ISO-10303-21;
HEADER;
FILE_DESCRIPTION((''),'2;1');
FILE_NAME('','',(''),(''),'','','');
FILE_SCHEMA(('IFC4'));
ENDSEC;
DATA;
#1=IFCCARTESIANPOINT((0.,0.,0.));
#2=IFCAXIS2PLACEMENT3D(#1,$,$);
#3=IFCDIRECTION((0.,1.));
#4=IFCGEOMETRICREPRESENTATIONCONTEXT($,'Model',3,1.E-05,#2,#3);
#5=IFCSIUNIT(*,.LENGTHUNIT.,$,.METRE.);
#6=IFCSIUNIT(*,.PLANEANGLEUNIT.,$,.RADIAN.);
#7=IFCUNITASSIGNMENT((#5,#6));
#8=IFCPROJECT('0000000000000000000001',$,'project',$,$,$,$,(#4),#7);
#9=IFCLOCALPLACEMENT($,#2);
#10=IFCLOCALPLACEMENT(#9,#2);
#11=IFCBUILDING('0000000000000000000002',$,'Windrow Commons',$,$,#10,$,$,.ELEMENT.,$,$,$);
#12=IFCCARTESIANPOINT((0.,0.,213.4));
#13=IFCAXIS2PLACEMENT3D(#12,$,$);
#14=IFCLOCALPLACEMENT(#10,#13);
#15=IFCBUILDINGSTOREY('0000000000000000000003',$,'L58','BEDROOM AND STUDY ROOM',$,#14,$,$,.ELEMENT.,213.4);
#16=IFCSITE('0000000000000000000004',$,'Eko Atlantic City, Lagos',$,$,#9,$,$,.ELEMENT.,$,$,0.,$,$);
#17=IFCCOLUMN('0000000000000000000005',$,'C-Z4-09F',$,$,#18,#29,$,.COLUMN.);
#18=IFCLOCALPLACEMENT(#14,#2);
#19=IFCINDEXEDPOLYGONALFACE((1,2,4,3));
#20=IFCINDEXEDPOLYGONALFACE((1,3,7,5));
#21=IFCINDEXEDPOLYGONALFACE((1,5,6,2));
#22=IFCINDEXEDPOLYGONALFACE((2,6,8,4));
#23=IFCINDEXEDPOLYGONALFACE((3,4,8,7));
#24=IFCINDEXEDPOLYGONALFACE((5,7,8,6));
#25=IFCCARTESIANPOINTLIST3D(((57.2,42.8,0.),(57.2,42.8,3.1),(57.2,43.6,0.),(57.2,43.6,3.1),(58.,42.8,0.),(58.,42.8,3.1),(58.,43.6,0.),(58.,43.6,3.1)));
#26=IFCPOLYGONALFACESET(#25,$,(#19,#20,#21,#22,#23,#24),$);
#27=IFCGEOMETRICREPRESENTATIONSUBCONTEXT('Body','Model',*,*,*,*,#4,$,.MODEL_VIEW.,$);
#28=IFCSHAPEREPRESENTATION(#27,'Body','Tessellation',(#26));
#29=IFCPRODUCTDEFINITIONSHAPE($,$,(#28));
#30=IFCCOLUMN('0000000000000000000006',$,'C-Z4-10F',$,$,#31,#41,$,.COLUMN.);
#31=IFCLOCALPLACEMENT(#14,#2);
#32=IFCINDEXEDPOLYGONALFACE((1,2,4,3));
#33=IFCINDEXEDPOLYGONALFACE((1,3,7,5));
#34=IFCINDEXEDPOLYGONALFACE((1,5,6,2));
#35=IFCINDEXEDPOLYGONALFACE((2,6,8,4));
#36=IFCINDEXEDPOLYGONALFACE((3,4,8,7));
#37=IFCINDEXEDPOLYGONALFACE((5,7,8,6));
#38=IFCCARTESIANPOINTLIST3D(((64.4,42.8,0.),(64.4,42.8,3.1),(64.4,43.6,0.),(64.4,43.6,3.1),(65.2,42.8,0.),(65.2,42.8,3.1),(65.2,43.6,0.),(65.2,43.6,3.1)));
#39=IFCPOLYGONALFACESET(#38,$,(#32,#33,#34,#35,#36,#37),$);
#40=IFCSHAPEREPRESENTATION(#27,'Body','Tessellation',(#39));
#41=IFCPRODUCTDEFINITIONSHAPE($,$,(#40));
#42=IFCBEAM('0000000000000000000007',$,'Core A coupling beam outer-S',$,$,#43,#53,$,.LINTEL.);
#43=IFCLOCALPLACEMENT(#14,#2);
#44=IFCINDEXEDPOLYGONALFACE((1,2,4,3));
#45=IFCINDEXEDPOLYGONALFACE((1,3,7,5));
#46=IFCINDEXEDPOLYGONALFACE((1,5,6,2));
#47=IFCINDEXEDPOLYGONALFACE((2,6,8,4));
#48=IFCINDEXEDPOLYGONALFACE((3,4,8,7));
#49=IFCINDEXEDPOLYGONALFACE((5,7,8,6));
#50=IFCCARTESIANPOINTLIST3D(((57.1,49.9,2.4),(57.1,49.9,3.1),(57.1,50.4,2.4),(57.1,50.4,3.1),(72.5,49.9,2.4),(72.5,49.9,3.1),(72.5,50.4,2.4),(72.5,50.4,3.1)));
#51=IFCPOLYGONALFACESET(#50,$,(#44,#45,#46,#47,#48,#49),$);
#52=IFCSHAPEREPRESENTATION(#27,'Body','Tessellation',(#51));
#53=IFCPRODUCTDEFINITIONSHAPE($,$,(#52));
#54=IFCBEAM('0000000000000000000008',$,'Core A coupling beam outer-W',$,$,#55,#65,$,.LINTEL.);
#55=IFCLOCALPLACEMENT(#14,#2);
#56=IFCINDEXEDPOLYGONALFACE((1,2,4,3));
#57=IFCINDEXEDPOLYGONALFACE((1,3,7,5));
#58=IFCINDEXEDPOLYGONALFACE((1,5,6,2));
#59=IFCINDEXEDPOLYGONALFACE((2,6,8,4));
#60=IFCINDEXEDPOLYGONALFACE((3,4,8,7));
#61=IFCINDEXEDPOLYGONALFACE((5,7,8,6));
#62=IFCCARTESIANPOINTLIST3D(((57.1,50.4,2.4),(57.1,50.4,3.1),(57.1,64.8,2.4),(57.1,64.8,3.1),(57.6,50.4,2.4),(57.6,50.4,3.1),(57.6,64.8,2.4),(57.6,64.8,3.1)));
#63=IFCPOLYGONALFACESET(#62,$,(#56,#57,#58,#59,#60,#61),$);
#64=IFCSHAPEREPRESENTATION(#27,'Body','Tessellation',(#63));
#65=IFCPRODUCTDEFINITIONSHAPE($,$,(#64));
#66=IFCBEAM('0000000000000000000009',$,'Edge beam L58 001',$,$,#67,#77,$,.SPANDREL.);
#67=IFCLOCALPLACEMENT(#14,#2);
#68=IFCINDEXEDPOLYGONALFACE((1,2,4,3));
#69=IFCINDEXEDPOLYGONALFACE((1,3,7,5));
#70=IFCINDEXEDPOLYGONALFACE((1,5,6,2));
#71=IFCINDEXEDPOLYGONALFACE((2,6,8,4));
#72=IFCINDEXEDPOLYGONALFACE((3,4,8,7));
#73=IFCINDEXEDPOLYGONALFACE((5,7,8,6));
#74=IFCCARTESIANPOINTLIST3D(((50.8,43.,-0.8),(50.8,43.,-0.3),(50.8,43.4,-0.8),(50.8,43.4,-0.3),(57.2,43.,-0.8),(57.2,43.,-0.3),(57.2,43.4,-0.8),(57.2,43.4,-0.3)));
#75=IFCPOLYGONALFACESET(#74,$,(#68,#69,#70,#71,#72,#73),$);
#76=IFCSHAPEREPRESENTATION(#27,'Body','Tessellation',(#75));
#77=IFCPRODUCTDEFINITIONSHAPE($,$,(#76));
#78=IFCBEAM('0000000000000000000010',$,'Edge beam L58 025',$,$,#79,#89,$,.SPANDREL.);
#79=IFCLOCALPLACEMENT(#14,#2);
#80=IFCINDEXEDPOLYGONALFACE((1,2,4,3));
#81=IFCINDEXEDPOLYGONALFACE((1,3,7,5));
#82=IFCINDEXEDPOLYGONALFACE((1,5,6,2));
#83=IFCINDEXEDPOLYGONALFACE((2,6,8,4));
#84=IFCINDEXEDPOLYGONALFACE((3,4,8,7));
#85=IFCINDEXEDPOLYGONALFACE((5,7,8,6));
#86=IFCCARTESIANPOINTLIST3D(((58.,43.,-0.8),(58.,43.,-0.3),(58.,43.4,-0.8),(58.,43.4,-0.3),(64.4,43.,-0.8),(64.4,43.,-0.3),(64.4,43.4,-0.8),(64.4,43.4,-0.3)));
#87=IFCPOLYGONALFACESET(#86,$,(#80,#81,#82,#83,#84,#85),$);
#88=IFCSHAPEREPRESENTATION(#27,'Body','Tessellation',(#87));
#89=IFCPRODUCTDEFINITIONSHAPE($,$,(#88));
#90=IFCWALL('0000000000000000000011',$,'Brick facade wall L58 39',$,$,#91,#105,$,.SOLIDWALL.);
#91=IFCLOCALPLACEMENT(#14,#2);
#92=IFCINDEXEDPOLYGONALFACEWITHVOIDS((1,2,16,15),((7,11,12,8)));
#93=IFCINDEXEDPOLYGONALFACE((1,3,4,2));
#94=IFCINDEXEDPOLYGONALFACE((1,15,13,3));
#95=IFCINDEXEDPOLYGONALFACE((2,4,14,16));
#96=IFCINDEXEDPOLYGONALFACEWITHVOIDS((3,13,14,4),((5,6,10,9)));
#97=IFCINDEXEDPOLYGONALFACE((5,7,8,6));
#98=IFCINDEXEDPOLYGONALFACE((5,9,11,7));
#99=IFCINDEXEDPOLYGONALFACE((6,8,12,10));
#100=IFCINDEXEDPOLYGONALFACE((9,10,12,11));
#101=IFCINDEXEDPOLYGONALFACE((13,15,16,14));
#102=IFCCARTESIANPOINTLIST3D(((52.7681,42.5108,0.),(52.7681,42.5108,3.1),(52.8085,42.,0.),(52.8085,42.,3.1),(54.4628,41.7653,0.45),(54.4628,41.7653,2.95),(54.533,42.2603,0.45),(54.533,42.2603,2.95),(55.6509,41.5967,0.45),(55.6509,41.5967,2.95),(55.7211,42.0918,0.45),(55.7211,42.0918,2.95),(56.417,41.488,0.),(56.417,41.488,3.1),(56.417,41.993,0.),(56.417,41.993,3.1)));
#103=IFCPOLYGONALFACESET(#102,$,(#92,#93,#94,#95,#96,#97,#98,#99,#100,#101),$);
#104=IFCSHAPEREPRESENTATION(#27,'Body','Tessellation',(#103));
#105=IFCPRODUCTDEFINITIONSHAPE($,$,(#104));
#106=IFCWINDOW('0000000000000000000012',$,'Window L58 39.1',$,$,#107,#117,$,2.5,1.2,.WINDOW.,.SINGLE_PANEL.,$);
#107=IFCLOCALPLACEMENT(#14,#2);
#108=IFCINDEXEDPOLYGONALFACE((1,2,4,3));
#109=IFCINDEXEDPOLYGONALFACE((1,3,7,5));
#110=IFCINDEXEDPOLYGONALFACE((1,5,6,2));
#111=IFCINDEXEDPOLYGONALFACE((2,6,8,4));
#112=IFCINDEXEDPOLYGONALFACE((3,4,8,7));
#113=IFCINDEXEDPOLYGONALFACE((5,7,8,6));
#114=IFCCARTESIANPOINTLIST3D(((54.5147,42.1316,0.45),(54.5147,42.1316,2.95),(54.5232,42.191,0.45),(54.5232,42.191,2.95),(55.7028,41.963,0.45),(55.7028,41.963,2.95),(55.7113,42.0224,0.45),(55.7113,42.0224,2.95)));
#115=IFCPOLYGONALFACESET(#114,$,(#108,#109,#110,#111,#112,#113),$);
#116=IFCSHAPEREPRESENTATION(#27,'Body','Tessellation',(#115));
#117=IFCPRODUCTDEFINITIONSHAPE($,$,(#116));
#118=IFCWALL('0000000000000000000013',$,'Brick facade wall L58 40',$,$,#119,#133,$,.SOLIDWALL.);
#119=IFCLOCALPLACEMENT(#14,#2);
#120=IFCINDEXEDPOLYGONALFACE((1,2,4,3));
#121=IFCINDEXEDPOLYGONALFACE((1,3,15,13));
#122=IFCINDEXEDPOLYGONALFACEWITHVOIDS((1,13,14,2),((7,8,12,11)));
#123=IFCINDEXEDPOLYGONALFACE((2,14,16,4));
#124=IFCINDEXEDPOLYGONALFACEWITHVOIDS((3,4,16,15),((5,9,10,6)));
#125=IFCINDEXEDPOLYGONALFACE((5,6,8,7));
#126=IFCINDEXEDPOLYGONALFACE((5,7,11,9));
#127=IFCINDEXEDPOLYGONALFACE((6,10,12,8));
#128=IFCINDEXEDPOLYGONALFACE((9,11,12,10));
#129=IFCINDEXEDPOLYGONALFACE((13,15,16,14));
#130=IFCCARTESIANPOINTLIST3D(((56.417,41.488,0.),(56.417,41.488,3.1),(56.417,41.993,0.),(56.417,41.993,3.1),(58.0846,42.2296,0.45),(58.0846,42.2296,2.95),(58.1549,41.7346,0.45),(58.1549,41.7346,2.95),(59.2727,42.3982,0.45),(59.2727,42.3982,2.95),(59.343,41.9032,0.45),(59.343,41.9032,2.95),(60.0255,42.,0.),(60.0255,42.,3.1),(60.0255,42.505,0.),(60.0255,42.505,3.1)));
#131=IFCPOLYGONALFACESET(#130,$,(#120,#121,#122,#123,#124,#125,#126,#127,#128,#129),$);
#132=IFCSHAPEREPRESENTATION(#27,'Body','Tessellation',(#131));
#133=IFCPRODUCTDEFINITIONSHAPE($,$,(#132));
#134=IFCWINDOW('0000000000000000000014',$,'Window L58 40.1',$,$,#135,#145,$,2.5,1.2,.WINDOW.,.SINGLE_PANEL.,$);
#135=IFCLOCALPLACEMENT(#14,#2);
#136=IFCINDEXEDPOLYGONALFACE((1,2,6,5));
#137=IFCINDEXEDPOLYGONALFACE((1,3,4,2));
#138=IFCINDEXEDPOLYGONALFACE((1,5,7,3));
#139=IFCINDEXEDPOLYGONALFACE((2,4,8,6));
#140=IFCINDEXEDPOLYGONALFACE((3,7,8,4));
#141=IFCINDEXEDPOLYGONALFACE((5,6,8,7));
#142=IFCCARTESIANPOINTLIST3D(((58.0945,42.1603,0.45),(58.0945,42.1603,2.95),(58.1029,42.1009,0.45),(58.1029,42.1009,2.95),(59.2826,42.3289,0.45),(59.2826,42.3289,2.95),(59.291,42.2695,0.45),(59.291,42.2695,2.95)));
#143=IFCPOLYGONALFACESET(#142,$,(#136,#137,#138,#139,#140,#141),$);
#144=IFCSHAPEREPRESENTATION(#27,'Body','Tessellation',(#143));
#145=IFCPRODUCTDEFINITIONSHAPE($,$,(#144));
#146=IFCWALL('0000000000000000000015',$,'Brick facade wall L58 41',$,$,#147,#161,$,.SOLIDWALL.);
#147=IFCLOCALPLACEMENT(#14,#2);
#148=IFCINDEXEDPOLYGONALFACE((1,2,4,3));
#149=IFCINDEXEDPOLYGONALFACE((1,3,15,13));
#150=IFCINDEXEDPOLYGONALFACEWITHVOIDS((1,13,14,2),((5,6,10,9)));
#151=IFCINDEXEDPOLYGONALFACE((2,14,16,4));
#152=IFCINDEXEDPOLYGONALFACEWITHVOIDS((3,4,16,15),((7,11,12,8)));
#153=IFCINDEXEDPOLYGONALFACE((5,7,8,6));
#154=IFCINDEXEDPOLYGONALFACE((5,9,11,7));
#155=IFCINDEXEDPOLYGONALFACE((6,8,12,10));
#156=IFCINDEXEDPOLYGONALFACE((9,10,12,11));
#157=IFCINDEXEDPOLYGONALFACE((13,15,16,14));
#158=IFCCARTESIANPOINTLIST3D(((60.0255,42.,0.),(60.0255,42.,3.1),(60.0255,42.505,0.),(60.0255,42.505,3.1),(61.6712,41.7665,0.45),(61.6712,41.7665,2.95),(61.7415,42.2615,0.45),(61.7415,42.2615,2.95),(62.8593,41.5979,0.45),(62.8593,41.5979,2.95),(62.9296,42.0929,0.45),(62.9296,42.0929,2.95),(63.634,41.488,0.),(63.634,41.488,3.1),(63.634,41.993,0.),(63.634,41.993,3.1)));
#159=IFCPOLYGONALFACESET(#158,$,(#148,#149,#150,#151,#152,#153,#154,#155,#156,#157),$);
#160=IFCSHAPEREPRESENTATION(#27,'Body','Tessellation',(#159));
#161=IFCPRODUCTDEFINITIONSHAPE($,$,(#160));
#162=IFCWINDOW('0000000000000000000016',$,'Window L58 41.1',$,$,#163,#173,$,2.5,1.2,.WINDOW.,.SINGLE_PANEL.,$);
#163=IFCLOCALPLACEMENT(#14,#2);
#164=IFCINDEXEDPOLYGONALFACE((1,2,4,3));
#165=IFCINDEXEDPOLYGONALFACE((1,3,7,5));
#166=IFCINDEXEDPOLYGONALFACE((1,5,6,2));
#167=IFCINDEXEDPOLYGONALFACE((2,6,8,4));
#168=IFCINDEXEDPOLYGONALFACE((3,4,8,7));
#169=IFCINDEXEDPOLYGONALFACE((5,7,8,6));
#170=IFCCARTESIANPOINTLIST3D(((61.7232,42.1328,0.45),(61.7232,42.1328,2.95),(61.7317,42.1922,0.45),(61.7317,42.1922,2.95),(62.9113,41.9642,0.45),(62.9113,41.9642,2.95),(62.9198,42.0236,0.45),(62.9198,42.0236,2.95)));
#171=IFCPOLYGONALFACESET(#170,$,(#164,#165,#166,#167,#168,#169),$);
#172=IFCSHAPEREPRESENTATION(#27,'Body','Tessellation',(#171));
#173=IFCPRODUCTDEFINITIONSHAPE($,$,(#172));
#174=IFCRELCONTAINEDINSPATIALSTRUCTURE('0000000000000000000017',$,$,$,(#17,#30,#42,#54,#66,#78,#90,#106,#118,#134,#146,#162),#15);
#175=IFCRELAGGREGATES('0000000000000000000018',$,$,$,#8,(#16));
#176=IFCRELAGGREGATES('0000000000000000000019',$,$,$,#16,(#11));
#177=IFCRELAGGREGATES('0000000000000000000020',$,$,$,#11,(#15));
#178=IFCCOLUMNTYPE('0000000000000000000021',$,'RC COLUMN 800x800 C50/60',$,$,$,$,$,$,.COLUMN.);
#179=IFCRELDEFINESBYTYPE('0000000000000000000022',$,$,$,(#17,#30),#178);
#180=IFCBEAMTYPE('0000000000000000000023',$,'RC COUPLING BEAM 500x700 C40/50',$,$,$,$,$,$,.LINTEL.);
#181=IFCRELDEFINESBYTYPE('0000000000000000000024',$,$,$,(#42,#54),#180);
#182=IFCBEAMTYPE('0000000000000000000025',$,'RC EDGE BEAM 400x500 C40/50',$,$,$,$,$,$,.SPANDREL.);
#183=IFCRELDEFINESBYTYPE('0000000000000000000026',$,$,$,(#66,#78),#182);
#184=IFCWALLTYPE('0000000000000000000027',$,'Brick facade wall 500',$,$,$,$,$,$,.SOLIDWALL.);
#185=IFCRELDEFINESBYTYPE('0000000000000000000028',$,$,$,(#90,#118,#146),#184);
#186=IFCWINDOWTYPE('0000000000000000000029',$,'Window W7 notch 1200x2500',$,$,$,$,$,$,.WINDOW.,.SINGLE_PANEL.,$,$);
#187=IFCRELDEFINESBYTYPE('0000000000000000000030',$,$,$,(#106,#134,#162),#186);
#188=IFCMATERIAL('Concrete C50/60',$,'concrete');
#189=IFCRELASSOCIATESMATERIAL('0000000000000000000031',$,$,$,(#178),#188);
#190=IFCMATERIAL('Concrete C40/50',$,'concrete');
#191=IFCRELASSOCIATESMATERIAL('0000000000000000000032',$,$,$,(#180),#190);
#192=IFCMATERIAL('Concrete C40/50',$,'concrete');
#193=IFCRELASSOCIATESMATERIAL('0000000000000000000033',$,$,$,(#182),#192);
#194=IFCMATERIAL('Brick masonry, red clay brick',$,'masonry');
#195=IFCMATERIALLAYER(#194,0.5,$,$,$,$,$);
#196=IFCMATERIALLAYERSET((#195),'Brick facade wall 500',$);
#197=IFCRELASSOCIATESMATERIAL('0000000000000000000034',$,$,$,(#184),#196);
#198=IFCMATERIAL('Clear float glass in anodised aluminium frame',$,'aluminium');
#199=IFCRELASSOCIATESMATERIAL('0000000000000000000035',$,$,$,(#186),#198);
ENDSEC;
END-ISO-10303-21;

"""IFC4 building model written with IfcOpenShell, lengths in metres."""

from ifc_helpers import new_model, si_unit, direction, frame, frame_2d, origin, origin_2d, place, context, subcontext, project, spatial, polyline, rectangle, outline, extrude, material, layer, layer_set, material_profile, profile_set, type_object, element, fill, save


model = new_model("IFC4")

# Units and contexts
model_context = context("Model", 3, precision=1e-05, world=origin(), true_north=direction((0.0, 1.0)))
body_context = subcontext(model_context, "Body", "Model", "MODEL_VIEW")
ifc_project = project(units=[si_unit("LENGTHUNIT", "METRE"), si_unit("PLANEANGLEUNIT", "RADIAN")], contexts=[model_context])

# Site, building, storey
site_placement = place(None, origin())
site = spatial("IfcSite", under=ifc_project, at=site_placement, Name="Eko Atlantic City, Lagos", CompositionType="ELEMENT", RefElevation=0.0)
building_placement = place(site_placement, origin())
building = spatial("IfcBuilding", under=site, at=building_placement, Name="Windrow Commons", CompositionType="ELEMENT")
storey_placement = place(building_placement, frame((0.0, 0.0, 213.4)))
storey = spatial("IfcBuildingStorey", under=building, at=storey_placement, Name="L58", Description="BEDROOM AND STUDY ROOM", CompositionType="ELEMENT", Elevation=213.4)

# Columns
ifc_material_1 = material(Name="Concrete C50/60", Category="concrete")
ifc_material_profile_1 = material_profile(ifc_material_1, rectangle(XDim=0.8, YDim=0.8, at=origin_2d()))
ifc_profile_set_1 = profile_set([ifc_material_profile_1], Name="Concrete C50/60")
column_type = type_object("IfcColumnType", Name="RC COLUMN 800x800 C50/60", PredefinedType="COLUMN", material=ifc_profile_set_1)
for number, where, z_axis, x_axis, name in (
    (1, (57.6, 43.2, 0.0), (0.0, 0.0, 1.0), (1.0, 0.0, 0.0), "C-Z4-09F"),
    (2, (64.8, 43.2, 0.0), (0.0, 0.0, 1.0), (1.0, 0.0, 0.0), "C-Z4-10F"),
):
    element("IfcColumn", number, at=place(storey_placement, frame(where, z_axis=z_axis, x_axis=x_axis)), inside=storey, type_object=column_type, Name=name, PredefinedType="COLUMN", context=body_context, shape_type="SweptSolid", body=[
        extrude(rectangle(XDim=0.8, YDim=0.8, at=origin_2d()), origin(), (0.0, 0.0, 1.0), 3.1),
    ])

# Beams
ifc_material_2 = material(Name="Concrete C40/50", Category="concrete")
ifc_material_profile_2 = material_profile(ifc_material_2, rectangle(XDim=0.5, YDim=0.7, at=origin_2d()))
ifc_profile_set_2 = profile_set([ifc_material_profile_2], Name="Concrete C40/50")
beam_type_1 = type_object("IfcBeamType", Name="RC COUPLING BEAM 500x700 C40/50", PredefinedType="LINTEL", material=ifc_profile_set_2)
beam_1_placement = place(storey_placement, frame((57.1, 50.15, 2.75), z_axis=(1.0, 0.0, 0.0), x_axis=(0.0, 1.0, 0.0)))
element("IfcBeam", 3, at=beam_1_placement, inside=storey, type_object=beam_type_1, Name="Core A coupling beam outer-S", PredefinedType="LINTEL", context=body_context, shape_type="SweptSolid", body=[
    extrude(rectangle(XDim=0.5, YDim=0.7, at=origin_2d()), origin(), (0.0, 0.0, 1.0), 15.4),
])
beam_2_placement = place(storey_placement, frame((57.35, 50.4, 2.75), z_axis=(0.0, 1.0, 0.0), x_axis=(-1.0, 0.0, 0.0)))
element("IfcBeam", 4, at=beam_2_placement, inside=storey, type_object=beam_type_1, Name="Core A coupling beam outer-W", PredefinedType="LINTEL", context=body_context, shape_type="SweptSolid", body=[
    extrude(rectangle(XDim=0.5, YDim=0.7, at=origin_2d()), origin(), (0.0, 0.0, 1.0), 14.4),
])
ifc_material_3 = material(Name="Concrete C40/50", Category="concrete")
ifc_material_profile_3 = material_profile(ifc_material_3, rectangle(XDim=0.4, YDim=0.5, at=origin_2d()))
ifc_profile_set_3 = profile_set([ifc_material_profile_3], Name="Concrete C40/50")
beam_type_2 = type_object("IfcBeamType", Name="RC EDGE BEAM 400x500 C40/50", PredefinedType="SPANDREL", material=ifc_profile_set_3)
for number, where, z_axis, x_axis, name in (
    (5, (57.2, 43.2, -0.55), (-1.0, 0.0, 0.0), (0.0, -1.0, 0.0), "Edge beam L58 001"),
    (6, (64.4, 43.2, -0.55), (-1.0, 0.0, 0.0), (0.0, -1.0, 0.0), "Edge beam L58 025"),
):
    element("IfcBeam", number, at=place(storey_placement, frame(where, z_axis=z_axis, x_axis=x_axis)), inside=storey, type_object=beam_type_2, Name=name, PredefinedType="SPANDREL", context=body_context, shape_type="SweptSolid", body=[
        extrude(rectangle(XDim=0.4, YDim=0.5, at=origin_2d()), origin(), (0.0, 0.0, 1.0), 6.4),
    ])

# Walls, openings, windows
ifc_material_4 = material(Name="Brick masonry, red clay brick", Category="masonry")
ifc_layer_1 = layer(ifc_material_4, 0.5)
ifc_layer_set_1 = layer_set([ifc_layer_1], Name="Brick facade wall 500")
wall_type_1 = type_object("IfcWallType", Name="Brick facade wall 500", PredefinedType="SOLIDWALL", material=ifc_layer_set_1)
wall_1_placement = place(storey_placement, frame((52.7883, 42.2554, 0.0), z_axis=(0.0, 0.0, 1.0), x_axis=(0.990082, -0.140489, 0.0)))
wall_1 = element("IfcWall", 7, at=wall_1_placement, inside=storey, type_object=wall_type_1, Name="Brick facade wall L58 39", PredefinedType="SOLIDWALL", context=body_context, shape_type="SweptSolid", body=[
    extrude(outline(polyline([(0.0559, -0.25), (3.7005, -0.25), (3.6296, 0.25), (-0.0559, 0.25), (0.0559, -0.25)])), origin(), (0.0, 0.0, 1.0), 3.1),
])
opening_1_placement = place(wall_1_placement, frame((1.7267, 0.0, 0.45)))
opening_1 = element("IfcOpeningElement", 8, at=opening_1_placement, cuts=wall_1, PredefinedType="OPENING", context=body_context, shape_type="SweptSolid", body=[
    extrude(rectangle(XDim=1.2, YDim=2.5, at=frame_2d((0.6, 1.25))), frame((0.0, 0.26, 0.0), z_axis=(0.0, -1.0, 0.0), x_axis=(1.0, 0.0, 0.0)), (0.0, 0.0, 1.0), 0.52),
])
ifc_material_5 = material(Name="Clear float glass in anodised aluminium frame", Category="aluminium")
window_type = type_object("IfcWindowType", Name="Window W7 notch 1200x2500", PartitioningType="SINGLE_PANEL", PredefinedType="WINDOW", material=ifc_material_5)
window_1_placement = place(opening_1_placement, origin())
window_1 = element("IfcWindow", 9, at=window_1_placement, inside=storey, type_object=window_type, Name="Window L58 39.1", OverallHeight=2.5, OverallWidth=1.2, PartitioningType="SINGLE_PANEL", PredefinedType="WINDOW", context=body_context, shape_type="SweptSolid", body=[
    extrude(rectangle(XDim=1.2, YDim=2.5, at=frame_2d((0.6, 1.25))), frame((0.0, 0.18, 0.0), z_axis=(0.0, -1.0, 0.0), x_axis=(1.0, 0.0, 0.0)), (0.0, 0.0, 1.0), 0.06),
])
fill(opening_1, window_1)
wall_2_placement = place(storey_placement, frame((56.417, 41.7405, 0.0), z_axis=(0.0, 0.0, 1.0), x_axis=(0.990083, 0.14048, 0.0)))
wall_2 = element("IfcWall", 10, at=wall_2_placement, inside=storey, type_object=wall_type_1, Name="Brick facade wall L58 40", PredefinedType="SOLIDWALL", context=body_context, shape_type="SweptSolid", body=[
    extrude(outline(polyline([(-0.0355, -0.25), (3.6092, -0.25), (3.6801, 0.25), (0.0355, 0.25), (-0.0355, -0.25)])), origin(), (0.0, 0.0, 1.0), 3.1),
])
opening_2_placement = place(wall_2_placement, frame((1.7198, 0.0, 0.45)))
opening_2 = element("IfcOpeningElement", 11, at=opening_2_placement, cuts=wall_2, PredefinedType="OPENING", context=body_context, shape_type="SweptSolid", body=[
    extrude(rectangle(XDim=1.2, YDim=2.5, at=frame_2d((0.6, 1.25))), frame((0.0, 0.26, 0.0), z_axis=(0.0, -1.0, 0.0), x_axis=(1.0, 0.0, 0.0)), (0.0, 0.0, 1.0), 0.52),
])
window_2_placement = place(opening_2_placement, origin())
window_2 = element("IfcWindow", 12, at=window_2_placement, inside=storey, type_object=window_type, Name="Window L58 40.1", OverallHeight=2.5, OverallWidth=1.2, PartitioningType="SINGLE_PANEL", PredefinedType="WINDOW", context=body_context, shape_type="SweptSolid", body=[
    extrude(rectangle(XDim=1.2, YDim=2.5, at=frame_2d((0.6, 1.25))), frame((0.0, 0.18, 0.0), z_axis=(0.0, -1.0, 0.0), x_axis=(1.0, 0.0, 0.0)), (0.0, 0.0, 1.0), 0.06),
])
fill(opening_2, window_2)
wall_3_placement = place(storey_placement, frame((60.0255, 42.2525, 0.0), z_axis=(0.0, 0.0, 1.0), x_axis=(0.990083, -0.140484, 0.0)))
wall_3 = element("IfcWall", 13, at=wall_3_placement, inside=storey, type_object=wall_type_1, Name="Brick facade wall L58 41", PredefinedType="SOLIDWALL", context=body_context, shape_type="SweptSolid", body=[
    extrude(outline(polyline([(0.0355, -0.25), (3.6801, -0.25), (3.6092, 0.25), (-0.0355, 0.25), (0.0355, -0.25)])), origin(), (0.0, 0.0, 1.0), 3.1),
])
opening_3_placement = place(wall_3_placement, frame((1.6977, 0.0, 0.45)))
opening_3 = element("IfcOpeningElement", 14, at=opening_3_placement, cuts=wall_3, PredefinedType="OPENING", context=body_context, shape_type="SweptSolid", body=[
    extrude(rectangle(XDim=1.2, YDim=2.5, at=frame_2d((0.6, 1.25))), frame((0.0, 0.26, 0.0), z_axis=(0.0, -1.0, 0.0), x_axis=(1.0, 0.0, 0.0)), (0.0, 0.0, 1.0), 0.52),
])
window_3_placement = place(opening_3_placement, origin())
window_3 = element("IfcWindow", 15, at=window_3_placement, inside=storey, type_object=window_type, Name="Window L58 41.1", OverallHeight=2.5, OverallWidth=1.2, PartitioningType="SINGLE_PANEL", PredefinedType="WINDOW", context=body_context, shape_type="SweptSolid", body=[
    extrude(rectangle(XDim=1.2, YDim=2.5, at=frame_2d((0.6, 1.25))), frame((0.0, 0.18, 0.0), z_axis=(0.0, -1.0, 0.0), x_axis=(1.0, 0.0, 0.0)), (0.0, 0.0, 1.0), 0.06),
])
fill(opening_3, window_3)

save(model, "model.ifc")
